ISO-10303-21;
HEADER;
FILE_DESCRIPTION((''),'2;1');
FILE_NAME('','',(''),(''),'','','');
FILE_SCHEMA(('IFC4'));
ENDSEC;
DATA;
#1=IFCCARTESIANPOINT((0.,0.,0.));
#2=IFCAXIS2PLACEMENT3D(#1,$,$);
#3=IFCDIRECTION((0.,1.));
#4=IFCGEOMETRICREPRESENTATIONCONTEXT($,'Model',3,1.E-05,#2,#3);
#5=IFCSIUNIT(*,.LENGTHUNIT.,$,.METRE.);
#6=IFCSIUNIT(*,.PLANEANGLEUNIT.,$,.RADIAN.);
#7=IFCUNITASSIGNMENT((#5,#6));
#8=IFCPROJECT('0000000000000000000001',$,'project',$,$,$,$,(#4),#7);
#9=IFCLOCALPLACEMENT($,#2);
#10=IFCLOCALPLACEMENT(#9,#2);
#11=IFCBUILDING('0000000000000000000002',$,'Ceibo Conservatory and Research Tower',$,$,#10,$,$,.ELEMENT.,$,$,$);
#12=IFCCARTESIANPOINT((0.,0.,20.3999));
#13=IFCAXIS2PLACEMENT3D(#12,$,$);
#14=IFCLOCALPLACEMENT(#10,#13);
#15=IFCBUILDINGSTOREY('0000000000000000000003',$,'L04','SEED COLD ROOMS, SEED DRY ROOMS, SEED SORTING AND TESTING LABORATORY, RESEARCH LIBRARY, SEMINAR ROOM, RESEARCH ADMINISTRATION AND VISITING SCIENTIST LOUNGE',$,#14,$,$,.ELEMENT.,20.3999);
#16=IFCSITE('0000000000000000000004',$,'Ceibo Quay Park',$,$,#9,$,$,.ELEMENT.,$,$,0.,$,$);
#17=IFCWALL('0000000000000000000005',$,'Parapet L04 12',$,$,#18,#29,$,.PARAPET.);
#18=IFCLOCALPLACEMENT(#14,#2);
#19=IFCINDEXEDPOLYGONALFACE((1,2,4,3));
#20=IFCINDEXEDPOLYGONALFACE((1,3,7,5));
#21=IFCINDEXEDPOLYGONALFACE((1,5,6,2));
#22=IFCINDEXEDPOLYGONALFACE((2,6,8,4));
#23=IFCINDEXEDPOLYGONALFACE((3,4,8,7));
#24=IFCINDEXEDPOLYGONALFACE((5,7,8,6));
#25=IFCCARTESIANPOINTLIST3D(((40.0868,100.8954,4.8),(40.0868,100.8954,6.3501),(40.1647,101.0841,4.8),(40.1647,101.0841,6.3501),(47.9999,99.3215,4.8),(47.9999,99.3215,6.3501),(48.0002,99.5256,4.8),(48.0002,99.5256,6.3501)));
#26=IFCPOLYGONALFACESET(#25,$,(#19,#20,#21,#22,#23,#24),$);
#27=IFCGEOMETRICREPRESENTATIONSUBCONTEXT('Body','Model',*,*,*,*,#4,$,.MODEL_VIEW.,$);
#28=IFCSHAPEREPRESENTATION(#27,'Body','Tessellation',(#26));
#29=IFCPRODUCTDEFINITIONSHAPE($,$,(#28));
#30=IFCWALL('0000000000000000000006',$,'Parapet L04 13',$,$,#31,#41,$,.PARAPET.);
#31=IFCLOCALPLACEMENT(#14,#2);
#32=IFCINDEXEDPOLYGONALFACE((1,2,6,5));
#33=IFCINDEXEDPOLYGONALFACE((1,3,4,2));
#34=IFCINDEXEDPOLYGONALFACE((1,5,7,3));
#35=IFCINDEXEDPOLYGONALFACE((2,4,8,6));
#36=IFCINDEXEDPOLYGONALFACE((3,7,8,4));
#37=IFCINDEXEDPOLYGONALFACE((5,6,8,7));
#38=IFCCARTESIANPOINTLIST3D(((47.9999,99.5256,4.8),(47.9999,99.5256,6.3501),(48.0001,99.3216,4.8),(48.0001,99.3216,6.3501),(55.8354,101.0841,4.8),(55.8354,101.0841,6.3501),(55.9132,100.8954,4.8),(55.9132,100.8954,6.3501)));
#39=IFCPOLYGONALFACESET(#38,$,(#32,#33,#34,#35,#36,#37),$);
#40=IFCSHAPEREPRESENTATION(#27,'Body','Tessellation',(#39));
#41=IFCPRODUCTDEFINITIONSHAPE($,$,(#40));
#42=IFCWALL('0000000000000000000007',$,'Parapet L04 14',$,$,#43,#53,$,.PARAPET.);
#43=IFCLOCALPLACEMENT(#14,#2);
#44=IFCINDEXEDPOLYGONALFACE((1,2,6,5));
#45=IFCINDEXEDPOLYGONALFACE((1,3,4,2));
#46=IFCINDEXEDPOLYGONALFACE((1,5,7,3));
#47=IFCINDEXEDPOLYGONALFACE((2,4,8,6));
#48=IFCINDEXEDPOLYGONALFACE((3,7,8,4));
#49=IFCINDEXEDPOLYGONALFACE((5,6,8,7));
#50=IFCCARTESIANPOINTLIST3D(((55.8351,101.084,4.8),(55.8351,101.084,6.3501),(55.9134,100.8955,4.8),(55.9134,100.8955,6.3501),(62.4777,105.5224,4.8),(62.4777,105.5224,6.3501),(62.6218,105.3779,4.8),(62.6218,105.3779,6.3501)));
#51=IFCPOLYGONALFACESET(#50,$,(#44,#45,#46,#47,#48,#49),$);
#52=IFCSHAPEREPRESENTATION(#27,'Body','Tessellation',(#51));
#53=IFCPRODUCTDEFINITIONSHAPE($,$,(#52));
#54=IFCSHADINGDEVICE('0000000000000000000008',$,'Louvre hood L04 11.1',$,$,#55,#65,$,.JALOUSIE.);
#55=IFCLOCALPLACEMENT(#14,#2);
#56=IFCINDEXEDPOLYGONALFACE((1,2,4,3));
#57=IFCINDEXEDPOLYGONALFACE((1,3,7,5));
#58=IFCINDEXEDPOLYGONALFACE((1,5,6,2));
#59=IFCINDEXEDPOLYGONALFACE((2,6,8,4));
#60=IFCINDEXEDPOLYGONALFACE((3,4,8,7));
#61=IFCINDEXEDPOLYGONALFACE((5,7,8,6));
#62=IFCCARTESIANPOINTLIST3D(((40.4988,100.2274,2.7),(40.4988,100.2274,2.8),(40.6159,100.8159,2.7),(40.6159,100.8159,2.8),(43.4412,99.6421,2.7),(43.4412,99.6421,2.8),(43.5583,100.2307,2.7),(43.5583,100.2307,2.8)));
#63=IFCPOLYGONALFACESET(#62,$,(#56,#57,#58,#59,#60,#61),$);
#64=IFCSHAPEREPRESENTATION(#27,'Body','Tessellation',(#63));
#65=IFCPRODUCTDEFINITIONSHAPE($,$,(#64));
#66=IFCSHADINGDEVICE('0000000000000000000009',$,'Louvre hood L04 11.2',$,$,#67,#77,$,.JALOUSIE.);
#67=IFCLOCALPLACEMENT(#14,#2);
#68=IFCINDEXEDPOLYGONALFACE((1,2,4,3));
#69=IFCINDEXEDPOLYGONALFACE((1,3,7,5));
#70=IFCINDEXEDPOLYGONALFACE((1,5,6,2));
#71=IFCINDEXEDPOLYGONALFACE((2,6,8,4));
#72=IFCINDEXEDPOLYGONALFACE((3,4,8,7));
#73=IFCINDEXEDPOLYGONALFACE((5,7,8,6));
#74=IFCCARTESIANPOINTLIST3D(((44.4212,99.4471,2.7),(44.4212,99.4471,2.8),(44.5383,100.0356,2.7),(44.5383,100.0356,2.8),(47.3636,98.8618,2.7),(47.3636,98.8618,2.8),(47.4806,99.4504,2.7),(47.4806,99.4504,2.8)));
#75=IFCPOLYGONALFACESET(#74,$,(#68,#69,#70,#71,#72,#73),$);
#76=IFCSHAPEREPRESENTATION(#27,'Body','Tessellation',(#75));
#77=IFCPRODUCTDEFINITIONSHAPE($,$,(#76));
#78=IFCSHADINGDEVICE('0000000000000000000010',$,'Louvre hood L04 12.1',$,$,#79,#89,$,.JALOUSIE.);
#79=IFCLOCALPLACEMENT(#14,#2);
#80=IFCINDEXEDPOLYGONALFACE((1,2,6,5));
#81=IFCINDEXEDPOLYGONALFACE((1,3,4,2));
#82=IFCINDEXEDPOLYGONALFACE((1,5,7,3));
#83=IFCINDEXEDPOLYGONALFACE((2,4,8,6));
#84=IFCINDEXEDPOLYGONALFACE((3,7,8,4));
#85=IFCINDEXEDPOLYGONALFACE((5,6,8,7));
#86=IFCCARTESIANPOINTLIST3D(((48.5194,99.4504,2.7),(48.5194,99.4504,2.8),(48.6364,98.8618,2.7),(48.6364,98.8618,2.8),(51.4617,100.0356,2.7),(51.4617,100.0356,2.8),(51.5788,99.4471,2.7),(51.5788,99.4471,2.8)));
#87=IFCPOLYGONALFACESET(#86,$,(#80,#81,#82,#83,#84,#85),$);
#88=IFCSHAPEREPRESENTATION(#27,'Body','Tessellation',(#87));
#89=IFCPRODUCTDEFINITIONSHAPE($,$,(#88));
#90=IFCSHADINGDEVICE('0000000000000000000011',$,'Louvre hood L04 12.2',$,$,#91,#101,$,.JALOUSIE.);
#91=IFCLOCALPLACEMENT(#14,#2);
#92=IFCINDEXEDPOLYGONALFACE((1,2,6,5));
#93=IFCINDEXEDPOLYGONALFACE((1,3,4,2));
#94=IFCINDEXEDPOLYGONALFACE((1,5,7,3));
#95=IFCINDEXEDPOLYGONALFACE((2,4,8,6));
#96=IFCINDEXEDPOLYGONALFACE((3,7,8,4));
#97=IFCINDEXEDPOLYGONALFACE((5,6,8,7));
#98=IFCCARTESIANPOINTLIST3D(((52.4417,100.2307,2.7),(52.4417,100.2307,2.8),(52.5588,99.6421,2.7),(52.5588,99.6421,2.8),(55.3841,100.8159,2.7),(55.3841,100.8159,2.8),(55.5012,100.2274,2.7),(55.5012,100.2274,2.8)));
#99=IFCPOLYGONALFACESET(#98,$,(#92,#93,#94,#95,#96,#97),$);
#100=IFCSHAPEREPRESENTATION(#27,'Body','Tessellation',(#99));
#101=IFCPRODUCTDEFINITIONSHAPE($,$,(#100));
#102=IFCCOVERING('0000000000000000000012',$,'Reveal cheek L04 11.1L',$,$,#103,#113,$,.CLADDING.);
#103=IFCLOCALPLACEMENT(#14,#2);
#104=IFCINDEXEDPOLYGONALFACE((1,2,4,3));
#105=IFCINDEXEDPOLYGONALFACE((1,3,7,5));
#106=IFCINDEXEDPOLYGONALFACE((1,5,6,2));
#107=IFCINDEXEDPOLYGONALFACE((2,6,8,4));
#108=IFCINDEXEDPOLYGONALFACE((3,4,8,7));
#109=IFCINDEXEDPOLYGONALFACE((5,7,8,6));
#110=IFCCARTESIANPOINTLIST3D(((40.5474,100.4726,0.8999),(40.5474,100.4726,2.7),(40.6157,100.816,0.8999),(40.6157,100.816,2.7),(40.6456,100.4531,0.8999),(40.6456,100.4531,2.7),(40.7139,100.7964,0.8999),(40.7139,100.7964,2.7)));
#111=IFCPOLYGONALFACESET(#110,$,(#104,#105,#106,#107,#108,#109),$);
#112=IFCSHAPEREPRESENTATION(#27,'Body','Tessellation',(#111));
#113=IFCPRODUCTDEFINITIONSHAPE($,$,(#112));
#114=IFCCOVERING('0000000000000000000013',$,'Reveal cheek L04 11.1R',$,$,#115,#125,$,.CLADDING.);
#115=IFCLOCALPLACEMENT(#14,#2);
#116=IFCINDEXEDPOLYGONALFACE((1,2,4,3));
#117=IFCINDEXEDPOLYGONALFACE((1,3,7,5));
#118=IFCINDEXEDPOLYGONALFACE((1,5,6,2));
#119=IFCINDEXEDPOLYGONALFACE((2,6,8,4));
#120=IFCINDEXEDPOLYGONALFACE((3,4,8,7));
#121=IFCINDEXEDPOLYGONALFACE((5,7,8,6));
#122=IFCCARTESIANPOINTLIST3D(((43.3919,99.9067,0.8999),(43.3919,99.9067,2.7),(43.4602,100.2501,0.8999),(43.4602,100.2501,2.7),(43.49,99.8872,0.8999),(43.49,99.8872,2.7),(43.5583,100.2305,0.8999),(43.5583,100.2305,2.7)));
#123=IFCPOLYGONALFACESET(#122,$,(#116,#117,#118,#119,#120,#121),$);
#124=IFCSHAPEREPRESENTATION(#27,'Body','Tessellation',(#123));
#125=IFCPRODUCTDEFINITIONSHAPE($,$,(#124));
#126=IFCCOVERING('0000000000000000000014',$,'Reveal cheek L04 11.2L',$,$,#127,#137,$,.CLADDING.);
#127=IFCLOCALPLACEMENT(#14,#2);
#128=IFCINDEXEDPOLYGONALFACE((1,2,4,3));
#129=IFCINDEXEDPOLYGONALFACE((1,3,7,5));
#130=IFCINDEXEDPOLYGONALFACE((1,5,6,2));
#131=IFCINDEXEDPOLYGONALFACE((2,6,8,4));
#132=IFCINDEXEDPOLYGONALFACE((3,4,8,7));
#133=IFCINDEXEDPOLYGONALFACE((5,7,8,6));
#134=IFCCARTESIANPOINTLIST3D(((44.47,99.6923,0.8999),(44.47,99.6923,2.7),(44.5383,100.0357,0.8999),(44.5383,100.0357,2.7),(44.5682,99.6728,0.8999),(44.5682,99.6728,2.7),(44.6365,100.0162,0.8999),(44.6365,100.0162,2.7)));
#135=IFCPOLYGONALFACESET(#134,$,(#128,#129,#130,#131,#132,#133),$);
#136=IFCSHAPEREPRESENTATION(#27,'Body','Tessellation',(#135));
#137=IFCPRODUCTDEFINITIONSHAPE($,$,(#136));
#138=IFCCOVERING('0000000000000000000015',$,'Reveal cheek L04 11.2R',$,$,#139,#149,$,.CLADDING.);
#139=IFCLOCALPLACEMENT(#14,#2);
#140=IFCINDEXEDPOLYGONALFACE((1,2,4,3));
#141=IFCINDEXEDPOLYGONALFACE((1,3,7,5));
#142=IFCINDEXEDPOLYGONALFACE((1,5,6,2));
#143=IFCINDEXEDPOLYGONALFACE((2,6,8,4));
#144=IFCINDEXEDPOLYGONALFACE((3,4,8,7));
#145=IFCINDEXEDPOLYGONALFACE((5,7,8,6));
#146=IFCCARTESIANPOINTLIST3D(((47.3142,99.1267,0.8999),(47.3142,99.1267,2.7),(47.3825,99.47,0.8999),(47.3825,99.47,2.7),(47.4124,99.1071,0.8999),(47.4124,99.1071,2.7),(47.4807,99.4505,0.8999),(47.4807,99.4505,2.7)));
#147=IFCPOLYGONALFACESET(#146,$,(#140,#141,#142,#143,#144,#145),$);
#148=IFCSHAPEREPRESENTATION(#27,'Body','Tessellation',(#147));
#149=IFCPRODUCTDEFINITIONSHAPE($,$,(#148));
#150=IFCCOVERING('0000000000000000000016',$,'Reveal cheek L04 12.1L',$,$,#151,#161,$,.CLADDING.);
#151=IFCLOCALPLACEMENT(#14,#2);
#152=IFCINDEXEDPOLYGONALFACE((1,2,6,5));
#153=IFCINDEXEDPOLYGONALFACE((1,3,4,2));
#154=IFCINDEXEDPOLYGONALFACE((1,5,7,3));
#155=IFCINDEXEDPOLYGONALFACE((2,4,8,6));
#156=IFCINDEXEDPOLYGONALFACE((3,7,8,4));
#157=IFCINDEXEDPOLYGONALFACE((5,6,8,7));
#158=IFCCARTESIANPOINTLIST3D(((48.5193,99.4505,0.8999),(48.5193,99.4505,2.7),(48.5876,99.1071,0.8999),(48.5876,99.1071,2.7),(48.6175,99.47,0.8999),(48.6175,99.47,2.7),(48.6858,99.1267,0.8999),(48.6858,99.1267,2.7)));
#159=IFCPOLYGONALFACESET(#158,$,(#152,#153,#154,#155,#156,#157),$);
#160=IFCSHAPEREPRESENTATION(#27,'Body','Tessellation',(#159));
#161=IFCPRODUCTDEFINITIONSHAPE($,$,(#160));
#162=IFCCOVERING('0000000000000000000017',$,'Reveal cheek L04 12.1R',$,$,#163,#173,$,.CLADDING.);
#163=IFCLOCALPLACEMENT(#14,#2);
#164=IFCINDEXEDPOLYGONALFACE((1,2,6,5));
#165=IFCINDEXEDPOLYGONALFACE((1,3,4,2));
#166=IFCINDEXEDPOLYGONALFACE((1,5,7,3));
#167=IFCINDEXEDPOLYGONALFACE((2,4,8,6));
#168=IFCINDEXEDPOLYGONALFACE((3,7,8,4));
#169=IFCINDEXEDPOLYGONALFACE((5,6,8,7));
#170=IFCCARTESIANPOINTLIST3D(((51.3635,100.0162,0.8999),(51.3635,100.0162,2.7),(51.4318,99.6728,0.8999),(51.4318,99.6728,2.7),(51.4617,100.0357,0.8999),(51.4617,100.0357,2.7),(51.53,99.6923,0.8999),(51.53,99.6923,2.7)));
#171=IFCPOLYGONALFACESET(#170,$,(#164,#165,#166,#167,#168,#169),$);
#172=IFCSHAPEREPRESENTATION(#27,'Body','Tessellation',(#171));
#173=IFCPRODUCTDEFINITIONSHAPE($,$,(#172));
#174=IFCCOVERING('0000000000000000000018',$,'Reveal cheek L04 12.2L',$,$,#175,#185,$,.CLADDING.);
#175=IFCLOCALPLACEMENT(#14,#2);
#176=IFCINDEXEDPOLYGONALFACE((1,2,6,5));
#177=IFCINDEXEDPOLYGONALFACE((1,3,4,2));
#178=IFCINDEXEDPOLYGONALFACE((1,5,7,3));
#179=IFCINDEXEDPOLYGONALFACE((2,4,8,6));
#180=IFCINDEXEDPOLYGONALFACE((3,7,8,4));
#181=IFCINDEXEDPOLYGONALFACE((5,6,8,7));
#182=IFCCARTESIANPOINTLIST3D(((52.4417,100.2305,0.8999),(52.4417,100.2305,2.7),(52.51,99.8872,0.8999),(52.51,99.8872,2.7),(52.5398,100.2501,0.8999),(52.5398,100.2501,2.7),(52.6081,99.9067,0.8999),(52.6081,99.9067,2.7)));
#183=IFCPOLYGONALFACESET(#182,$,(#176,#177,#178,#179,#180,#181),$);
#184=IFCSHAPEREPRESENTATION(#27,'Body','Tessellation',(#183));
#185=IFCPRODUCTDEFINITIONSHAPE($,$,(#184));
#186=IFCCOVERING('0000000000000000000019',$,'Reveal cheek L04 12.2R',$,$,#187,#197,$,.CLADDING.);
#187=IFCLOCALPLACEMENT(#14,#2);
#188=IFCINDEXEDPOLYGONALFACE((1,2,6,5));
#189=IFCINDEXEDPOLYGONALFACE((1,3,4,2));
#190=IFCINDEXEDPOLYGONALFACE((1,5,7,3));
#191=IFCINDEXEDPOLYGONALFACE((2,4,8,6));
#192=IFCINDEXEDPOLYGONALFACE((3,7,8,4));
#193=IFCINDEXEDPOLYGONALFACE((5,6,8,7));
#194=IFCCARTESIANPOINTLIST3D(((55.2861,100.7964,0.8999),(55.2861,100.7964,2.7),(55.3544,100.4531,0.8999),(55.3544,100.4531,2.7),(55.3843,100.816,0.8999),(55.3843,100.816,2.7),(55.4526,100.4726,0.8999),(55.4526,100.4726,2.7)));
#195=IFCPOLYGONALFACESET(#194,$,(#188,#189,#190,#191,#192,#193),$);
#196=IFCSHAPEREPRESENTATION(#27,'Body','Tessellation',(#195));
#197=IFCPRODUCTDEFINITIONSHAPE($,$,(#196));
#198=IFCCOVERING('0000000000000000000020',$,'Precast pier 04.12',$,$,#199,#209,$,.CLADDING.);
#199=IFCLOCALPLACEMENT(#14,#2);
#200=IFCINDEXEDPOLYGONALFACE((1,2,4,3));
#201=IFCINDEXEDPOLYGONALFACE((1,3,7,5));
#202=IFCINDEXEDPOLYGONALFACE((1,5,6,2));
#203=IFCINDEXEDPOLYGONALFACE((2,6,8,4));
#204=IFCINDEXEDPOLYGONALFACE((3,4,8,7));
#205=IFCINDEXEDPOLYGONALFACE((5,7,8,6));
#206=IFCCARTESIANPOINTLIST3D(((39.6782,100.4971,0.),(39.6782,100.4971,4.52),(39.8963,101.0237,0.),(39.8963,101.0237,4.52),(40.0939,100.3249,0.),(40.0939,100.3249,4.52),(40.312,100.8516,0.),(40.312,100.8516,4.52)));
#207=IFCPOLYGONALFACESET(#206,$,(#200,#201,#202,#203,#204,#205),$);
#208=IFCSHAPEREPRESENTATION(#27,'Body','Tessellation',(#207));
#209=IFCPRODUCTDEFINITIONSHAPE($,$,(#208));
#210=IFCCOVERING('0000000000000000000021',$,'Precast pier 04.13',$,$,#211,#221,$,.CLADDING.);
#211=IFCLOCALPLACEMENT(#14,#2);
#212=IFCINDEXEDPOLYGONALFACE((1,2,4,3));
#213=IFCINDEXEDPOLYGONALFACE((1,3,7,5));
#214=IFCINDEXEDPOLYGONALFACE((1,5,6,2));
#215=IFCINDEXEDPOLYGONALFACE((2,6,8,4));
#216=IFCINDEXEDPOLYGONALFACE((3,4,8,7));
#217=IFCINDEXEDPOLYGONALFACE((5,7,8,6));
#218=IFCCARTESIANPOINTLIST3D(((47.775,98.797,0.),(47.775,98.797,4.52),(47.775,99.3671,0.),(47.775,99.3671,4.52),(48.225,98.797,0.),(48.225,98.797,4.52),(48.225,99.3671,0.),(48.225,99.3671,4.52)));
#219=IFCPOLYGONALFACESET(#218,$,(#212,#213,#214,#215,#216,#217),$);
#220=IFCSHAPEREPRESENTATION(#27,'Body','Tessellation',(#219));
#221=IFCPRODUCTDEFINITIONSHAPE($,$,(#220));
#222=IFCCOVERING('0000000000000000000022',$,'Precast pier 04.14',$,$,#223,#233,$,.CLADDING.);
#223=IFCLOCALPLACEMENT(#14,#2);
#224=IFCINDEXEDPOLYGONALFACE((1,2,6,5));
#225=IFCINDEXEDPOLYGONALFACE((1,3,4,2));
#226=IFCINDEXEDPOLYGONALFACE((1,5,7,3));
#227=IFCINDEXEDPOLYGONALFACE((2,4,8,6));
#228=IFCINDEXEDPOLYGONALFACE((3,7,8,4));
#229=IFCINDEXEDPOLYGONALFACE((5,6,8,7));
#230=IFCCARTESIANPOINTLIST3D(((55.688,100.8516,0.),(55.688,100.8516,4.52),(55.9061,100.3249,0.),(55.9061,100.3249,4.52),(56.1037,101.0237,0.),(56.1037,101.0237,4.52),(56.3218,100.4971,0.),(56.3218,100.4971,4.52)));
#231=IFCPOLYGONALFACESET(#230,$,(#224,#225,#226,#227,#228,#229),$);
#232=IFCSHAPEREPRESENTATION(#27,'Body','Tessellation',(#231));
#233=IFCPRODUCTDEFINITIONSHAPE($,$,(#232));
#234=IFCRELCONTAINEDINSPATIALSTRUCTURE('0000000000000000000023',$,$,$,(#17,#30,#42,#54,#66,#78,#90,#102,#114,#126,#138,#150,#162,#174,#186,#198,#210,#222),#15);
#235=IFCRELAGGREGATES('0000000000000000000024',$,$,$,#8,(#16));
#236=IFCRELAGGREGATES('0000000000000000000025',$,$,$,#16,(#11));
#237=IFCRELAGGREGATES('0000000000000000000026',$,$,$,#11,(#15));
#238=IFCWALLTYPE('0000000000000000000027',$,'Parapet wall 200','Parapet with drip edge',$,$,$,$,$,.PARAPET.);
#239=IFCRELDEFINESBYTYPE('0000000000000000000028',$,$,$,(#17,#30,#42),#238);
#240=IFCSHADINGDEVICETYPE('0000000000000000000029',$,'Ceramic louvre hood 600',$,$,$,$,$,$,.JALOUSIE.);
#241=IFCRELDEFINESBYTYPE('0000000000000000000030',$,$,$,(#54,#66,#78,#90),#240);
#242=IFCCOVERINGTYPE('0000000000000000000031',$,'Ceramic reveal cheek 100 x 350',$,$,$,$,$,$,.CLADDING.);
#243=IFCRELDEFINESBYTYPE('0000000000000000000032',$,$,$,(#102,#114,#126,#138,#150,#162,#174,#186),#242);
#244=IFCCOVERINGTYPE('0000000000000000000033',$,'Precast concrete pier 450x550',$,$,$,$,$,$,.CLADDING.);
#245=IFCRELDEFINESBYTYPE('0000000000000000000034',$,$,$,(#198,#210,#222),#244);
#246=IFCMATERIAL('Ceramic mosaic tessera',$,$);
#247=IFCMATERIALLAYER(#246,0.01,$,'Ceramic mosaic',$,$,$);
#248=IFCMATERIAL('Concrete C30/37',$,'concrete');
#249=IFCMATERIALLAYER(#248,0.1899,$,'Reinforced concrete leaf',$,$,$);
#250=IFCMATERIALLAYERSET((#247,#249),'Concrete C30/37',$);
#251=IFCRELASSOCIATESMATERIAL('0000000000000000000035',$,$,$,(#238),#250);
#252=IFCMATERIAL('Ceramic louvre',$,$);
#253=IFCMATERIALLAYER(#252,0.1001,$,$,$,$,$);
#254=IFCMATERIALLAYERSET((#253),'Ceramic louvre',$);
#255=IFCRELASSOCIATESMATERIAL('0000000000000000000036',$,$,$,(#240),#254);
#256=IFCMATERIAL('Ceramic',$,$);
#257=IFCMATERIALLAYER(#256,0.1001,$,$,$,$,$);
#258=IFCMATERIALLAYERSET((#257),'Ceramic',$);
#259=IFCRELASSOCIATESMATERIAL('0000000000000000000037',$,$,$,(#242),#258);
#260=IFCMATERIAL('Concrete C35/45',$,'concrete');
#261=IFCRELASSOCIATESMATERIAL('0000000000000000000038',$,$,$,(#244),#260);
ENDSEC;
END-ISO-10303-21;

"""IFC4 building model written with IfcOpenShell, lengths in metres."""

from ifc_helpers import new_model, si_unit, direction, frame, origin, origin_2d, place, context, subcontext, project, spatial, polyline, rectangle, outline, extrude, material, layer, layer_set, type_object, element, save


model = new_model("IFC4")

# Units and contexts
model_context = context("Model", 3, precision=1e-05, world=origin(), true_north=direction((0.0, 1.0)))
body_context = subcontext(model_context, "Body", "Model", "MODEL_VIEW")
ifc_project = project(units=[si_unit("LENGTHUNIT", "METRE"), si_unit("PLANEANGLEUNIT", "RADIAN")], contexts=[model_context])

# Site, building, storey
site_placement = place(None, origin())
site = spatial("IfcSite", under=ifc_project, at=site_placement, Name="Ceibo Quay Park", CompositionType="ELEMENT", RefElevation=0.0)
building_placement = place(site_placement, origin())
building = spatial("IfcBuilding", under=site, at=building_placement, Name="Ceibo Conservatory and Research Tower", CompositionType="ELEMENT")
storey_placement = place(building_placement, frame((0.0, 0.0, 20.3999)))
storey = spatial("IfcBuildingStorey", under=building, at=storey_placement, Name="L04", Description="SEED COLD ROOMS, SEED DRY ROOMS, SEED SORTING AND TESTING LABORATORY, RESEARCH LIBRARY, SEMINAR ROOM, RESEARCH ADMINISTRATION AND VISITING SCIENTIST LOUNGE", CompositionType="ELEMENT", Elevation=20.3999)

# Shared definitions
ifc_material_1 = material(Name="Concrete C35/45", Category="concrete")

# Shared definitions
ifc_material_2 = material(Name="Ceramic mosaic tessera")
ifc_material_3 = material(Name="Concrete C30/37", Category="concrete")

# Walls
ifc_layer_1 = layer(ifc_material_2, 0.01, Name="Ceramic mosaic")
ifc_layer_2 = layer(ifc_material_3, 0.1899, Name="Reinforced concrete leaf")
ifc_layer_set_1 = layer_set([ifc_layer_1, ifc_layer_2], Name="Concrete C30/37")
wall_type_1 = type_object("IfcWallType", Name="Parapet wall 200", Description="Parapet with drip edge", PredefinedType="PARAPET", material=ifc_layer_set_1)
for number, where, z_axis, x_axis, name in (
    (1, (40.1257, 100.9897, 4.8), (0.0, 0.0, 1.0), (0.980788, -0.195075, 0.0), "Parapet L04 12"),
    (2, (48.0, 99.4236, 4.8), (0.0, 0.0, 1.0), (0.980788, 0.195075, 0.0), "Parapet L04 13"),
    (3, (55.8743, 100.9897, 4.8), (0.0, 0.0, 1.0), (0.83147, 0.55557, 0.0), "Parapet L04 14"),
):
    element("IfcWall", number, at=place(storey_placement, frame(where, z_axis=z_axis, x_axis=x_axis)), inside=storey, type_object=wall_type_1, Name=name, PredefinedType="PARAPET", context=body_context, shape_type="SweptSolid", body=[
        extrude(outline(polyline([(-0.0198, -0.1001), (8.0483, -0.1001), (8.0088, 0.1001), (0.0198, 0.1001), (-0.0198, -0.1001)])), origin(), (0.0, 0.0, 1.0), 1.55),
    ])

# Shading devices
ifc_material_4 = material(Name="Ceramic louvre")
ifc_layer_3 = layer(ifc_material_4, 0.1001)
ifc_layer_set_2 = layer_set([ifc_layer_3], Name="Ceramic louvre")
shading_device_type = type_object("IfcShadingDeviceType", Name="Ceramic louvre hood 600", PredefinedType="JALOUSIE", material=ifc_layer_set_2)
for number, where, z_axis, x_axis, name in (
    (4, (42.0286, 100.229, 2.7), (0.0, 0.0, 1.0), (0.980785, -0.19509, 0.0), "Louvre hood L04 11.1"),
    (5, (45.9509, 99.4487, 2.7), (0.0, 0.0, 1.0), (0.980785, -0.19509, 0.0), "Louvre hood L04 11.2"),
    (6, (50.0491, 99.4487, 2.7), (0.0, 0.0, 1.0), (0.980785, 0.19509, 0.0), "Louvre hood L04 12.1"),
    (7, (53.9714, 100.229, 2.7), (0.0, 0.0, 1.0), (0.980785, 0.19509, 0.0), "Louvre hood L04 12.2"),
):
    element("IfcShadingDevice", number, at=place(storey_placement, frame(where, z_axis=z_axis, x_axis=x_axis)), inside=storey, type_object=shading_device_type, Name=name, PredefinedType="JALOUSIE", context=body_context, shape_type="SweptSolid", body=[
        extrude(rectangle(XDim=3.0, YDim=0.6001, at=origin_2d()), origin(), (0.0, 0.0, 1.0), 0.1001),
    ])

# Coverings
ifc_material_5 = material(Name="Ceramic")
ifc_layer_4 = layer(ifc_material_5, 0.1001)
ifc_layer_set_3 = layer_set([ifc_layer_4], Name="Ceramic")
covering_type_1 = type_object("IfcCoveringType", Name="Ceramic reveal cheek 100 x 350", PredefinedType="CLADDING", material=ifc_layer_set_3)
for number, where, z_axis, x_axis, name in (
    (8, (40.6306, 100.6345, 0.8999), (0.0, 0.0, 1.0), (0.980785, -0.19509, 0.0), "Reveal cheek L04 11.1L"),
    (9, (43.4751, 100.0686, 0.8999), (0.0, 0.0, 1.0), (0.980785, -0.19509, 0.0), "Reveal cheek L04 11.1R"),
    (10, (44.5532, 99.8542, 0.8999), (0.0, 0.0, 1.0), (0.980785, -0.19509, 0.0), "Reveal cheek L04 11.2L"),
    (11, (47.3975, 99.2886, 0.8999), (0.0, 0.0, 1.0), (0.980785, -0.19509, 0.0), "Reveal cheek L04 11.2R"),
    (12, (48.6025, 99.2886, 0.8999), (0.0, 0.0, 1.0), (0.980785, 0.19509, 0.0), "Reveal cheek L04 12.1L"),
    (13, (51.4468, 99.8542, 0.8999), (0.0, 0.0, 1.0), (0.980785, 0.19509, 0.0), "Reveal cheek L04 12.1R"),
    (14, (52.5249, 100.0686, 0.8999), (0.0, 0.0, 1.0), (0.980785, 0.19509, 0.0), "Reveal cheek L04 12.2L"),
    (15, (55.3694, 100.6345, 0.8999), (0.0, 0.0, 1.0), (0.980785, 0.19509, 0.0), "Reveal cheek L04 12.2R"),
):
    element("IfcCovering", number, at=place(storey_placement, frame(where, z_axis=z_axis, x_axis=x_axis)), inside=storey, type_object=covering_type_1, Name=name, PredefinedType="CLADDING", context=body_context, shape_type="SweptSolid", body=[
        extrude(rectangle(XDim=0.1001, YDim=0.3501, at=origin_2d()), origin(), (0.0, 0.0, 1.0), 1.8),
    ])
covering_type_2 = type_object("IfcCoveringType", Name="Precast concrete pier 450x550", PredefinedType="CLADDING", material=ifc_material_1)
for number, where, z_axis, x_axis, name in (
    (16, (39.9951, 100.6743, 0.0), (0.0, 0.0, 1.0), (-0.382683, -0.92388, 0.0), "Precast pier 04.12"),
    (17, (48.0, 99.082, 0.0), (0.0, 0.0, 1.0), (0.0, -1.0, 0.0), "Precast pier 04.13"),
    (18, (56.0049, 100.6743, 0.0), (0.0, 0.0, 1.0), (0.382683, -0.92388, 0.0), "Precast pier 04.14"),
):
    element("IfcCovering", number, at=place(storey_placement, frame(where, z_axis=z_axis, x_axis=x_axis)), inside=storey, type_object=covering_type_2, Name=name, PredefinedType="CLADDING", context=body_context, shape_type="SweptSolid", body=[
        extrude(rectangle(XDim=0.5701, YDim=0.45, at=origin_2d()), origin(), (0.0, 0.0, 1.0), 4.52),
    ])

save(model, "model.ifc")
